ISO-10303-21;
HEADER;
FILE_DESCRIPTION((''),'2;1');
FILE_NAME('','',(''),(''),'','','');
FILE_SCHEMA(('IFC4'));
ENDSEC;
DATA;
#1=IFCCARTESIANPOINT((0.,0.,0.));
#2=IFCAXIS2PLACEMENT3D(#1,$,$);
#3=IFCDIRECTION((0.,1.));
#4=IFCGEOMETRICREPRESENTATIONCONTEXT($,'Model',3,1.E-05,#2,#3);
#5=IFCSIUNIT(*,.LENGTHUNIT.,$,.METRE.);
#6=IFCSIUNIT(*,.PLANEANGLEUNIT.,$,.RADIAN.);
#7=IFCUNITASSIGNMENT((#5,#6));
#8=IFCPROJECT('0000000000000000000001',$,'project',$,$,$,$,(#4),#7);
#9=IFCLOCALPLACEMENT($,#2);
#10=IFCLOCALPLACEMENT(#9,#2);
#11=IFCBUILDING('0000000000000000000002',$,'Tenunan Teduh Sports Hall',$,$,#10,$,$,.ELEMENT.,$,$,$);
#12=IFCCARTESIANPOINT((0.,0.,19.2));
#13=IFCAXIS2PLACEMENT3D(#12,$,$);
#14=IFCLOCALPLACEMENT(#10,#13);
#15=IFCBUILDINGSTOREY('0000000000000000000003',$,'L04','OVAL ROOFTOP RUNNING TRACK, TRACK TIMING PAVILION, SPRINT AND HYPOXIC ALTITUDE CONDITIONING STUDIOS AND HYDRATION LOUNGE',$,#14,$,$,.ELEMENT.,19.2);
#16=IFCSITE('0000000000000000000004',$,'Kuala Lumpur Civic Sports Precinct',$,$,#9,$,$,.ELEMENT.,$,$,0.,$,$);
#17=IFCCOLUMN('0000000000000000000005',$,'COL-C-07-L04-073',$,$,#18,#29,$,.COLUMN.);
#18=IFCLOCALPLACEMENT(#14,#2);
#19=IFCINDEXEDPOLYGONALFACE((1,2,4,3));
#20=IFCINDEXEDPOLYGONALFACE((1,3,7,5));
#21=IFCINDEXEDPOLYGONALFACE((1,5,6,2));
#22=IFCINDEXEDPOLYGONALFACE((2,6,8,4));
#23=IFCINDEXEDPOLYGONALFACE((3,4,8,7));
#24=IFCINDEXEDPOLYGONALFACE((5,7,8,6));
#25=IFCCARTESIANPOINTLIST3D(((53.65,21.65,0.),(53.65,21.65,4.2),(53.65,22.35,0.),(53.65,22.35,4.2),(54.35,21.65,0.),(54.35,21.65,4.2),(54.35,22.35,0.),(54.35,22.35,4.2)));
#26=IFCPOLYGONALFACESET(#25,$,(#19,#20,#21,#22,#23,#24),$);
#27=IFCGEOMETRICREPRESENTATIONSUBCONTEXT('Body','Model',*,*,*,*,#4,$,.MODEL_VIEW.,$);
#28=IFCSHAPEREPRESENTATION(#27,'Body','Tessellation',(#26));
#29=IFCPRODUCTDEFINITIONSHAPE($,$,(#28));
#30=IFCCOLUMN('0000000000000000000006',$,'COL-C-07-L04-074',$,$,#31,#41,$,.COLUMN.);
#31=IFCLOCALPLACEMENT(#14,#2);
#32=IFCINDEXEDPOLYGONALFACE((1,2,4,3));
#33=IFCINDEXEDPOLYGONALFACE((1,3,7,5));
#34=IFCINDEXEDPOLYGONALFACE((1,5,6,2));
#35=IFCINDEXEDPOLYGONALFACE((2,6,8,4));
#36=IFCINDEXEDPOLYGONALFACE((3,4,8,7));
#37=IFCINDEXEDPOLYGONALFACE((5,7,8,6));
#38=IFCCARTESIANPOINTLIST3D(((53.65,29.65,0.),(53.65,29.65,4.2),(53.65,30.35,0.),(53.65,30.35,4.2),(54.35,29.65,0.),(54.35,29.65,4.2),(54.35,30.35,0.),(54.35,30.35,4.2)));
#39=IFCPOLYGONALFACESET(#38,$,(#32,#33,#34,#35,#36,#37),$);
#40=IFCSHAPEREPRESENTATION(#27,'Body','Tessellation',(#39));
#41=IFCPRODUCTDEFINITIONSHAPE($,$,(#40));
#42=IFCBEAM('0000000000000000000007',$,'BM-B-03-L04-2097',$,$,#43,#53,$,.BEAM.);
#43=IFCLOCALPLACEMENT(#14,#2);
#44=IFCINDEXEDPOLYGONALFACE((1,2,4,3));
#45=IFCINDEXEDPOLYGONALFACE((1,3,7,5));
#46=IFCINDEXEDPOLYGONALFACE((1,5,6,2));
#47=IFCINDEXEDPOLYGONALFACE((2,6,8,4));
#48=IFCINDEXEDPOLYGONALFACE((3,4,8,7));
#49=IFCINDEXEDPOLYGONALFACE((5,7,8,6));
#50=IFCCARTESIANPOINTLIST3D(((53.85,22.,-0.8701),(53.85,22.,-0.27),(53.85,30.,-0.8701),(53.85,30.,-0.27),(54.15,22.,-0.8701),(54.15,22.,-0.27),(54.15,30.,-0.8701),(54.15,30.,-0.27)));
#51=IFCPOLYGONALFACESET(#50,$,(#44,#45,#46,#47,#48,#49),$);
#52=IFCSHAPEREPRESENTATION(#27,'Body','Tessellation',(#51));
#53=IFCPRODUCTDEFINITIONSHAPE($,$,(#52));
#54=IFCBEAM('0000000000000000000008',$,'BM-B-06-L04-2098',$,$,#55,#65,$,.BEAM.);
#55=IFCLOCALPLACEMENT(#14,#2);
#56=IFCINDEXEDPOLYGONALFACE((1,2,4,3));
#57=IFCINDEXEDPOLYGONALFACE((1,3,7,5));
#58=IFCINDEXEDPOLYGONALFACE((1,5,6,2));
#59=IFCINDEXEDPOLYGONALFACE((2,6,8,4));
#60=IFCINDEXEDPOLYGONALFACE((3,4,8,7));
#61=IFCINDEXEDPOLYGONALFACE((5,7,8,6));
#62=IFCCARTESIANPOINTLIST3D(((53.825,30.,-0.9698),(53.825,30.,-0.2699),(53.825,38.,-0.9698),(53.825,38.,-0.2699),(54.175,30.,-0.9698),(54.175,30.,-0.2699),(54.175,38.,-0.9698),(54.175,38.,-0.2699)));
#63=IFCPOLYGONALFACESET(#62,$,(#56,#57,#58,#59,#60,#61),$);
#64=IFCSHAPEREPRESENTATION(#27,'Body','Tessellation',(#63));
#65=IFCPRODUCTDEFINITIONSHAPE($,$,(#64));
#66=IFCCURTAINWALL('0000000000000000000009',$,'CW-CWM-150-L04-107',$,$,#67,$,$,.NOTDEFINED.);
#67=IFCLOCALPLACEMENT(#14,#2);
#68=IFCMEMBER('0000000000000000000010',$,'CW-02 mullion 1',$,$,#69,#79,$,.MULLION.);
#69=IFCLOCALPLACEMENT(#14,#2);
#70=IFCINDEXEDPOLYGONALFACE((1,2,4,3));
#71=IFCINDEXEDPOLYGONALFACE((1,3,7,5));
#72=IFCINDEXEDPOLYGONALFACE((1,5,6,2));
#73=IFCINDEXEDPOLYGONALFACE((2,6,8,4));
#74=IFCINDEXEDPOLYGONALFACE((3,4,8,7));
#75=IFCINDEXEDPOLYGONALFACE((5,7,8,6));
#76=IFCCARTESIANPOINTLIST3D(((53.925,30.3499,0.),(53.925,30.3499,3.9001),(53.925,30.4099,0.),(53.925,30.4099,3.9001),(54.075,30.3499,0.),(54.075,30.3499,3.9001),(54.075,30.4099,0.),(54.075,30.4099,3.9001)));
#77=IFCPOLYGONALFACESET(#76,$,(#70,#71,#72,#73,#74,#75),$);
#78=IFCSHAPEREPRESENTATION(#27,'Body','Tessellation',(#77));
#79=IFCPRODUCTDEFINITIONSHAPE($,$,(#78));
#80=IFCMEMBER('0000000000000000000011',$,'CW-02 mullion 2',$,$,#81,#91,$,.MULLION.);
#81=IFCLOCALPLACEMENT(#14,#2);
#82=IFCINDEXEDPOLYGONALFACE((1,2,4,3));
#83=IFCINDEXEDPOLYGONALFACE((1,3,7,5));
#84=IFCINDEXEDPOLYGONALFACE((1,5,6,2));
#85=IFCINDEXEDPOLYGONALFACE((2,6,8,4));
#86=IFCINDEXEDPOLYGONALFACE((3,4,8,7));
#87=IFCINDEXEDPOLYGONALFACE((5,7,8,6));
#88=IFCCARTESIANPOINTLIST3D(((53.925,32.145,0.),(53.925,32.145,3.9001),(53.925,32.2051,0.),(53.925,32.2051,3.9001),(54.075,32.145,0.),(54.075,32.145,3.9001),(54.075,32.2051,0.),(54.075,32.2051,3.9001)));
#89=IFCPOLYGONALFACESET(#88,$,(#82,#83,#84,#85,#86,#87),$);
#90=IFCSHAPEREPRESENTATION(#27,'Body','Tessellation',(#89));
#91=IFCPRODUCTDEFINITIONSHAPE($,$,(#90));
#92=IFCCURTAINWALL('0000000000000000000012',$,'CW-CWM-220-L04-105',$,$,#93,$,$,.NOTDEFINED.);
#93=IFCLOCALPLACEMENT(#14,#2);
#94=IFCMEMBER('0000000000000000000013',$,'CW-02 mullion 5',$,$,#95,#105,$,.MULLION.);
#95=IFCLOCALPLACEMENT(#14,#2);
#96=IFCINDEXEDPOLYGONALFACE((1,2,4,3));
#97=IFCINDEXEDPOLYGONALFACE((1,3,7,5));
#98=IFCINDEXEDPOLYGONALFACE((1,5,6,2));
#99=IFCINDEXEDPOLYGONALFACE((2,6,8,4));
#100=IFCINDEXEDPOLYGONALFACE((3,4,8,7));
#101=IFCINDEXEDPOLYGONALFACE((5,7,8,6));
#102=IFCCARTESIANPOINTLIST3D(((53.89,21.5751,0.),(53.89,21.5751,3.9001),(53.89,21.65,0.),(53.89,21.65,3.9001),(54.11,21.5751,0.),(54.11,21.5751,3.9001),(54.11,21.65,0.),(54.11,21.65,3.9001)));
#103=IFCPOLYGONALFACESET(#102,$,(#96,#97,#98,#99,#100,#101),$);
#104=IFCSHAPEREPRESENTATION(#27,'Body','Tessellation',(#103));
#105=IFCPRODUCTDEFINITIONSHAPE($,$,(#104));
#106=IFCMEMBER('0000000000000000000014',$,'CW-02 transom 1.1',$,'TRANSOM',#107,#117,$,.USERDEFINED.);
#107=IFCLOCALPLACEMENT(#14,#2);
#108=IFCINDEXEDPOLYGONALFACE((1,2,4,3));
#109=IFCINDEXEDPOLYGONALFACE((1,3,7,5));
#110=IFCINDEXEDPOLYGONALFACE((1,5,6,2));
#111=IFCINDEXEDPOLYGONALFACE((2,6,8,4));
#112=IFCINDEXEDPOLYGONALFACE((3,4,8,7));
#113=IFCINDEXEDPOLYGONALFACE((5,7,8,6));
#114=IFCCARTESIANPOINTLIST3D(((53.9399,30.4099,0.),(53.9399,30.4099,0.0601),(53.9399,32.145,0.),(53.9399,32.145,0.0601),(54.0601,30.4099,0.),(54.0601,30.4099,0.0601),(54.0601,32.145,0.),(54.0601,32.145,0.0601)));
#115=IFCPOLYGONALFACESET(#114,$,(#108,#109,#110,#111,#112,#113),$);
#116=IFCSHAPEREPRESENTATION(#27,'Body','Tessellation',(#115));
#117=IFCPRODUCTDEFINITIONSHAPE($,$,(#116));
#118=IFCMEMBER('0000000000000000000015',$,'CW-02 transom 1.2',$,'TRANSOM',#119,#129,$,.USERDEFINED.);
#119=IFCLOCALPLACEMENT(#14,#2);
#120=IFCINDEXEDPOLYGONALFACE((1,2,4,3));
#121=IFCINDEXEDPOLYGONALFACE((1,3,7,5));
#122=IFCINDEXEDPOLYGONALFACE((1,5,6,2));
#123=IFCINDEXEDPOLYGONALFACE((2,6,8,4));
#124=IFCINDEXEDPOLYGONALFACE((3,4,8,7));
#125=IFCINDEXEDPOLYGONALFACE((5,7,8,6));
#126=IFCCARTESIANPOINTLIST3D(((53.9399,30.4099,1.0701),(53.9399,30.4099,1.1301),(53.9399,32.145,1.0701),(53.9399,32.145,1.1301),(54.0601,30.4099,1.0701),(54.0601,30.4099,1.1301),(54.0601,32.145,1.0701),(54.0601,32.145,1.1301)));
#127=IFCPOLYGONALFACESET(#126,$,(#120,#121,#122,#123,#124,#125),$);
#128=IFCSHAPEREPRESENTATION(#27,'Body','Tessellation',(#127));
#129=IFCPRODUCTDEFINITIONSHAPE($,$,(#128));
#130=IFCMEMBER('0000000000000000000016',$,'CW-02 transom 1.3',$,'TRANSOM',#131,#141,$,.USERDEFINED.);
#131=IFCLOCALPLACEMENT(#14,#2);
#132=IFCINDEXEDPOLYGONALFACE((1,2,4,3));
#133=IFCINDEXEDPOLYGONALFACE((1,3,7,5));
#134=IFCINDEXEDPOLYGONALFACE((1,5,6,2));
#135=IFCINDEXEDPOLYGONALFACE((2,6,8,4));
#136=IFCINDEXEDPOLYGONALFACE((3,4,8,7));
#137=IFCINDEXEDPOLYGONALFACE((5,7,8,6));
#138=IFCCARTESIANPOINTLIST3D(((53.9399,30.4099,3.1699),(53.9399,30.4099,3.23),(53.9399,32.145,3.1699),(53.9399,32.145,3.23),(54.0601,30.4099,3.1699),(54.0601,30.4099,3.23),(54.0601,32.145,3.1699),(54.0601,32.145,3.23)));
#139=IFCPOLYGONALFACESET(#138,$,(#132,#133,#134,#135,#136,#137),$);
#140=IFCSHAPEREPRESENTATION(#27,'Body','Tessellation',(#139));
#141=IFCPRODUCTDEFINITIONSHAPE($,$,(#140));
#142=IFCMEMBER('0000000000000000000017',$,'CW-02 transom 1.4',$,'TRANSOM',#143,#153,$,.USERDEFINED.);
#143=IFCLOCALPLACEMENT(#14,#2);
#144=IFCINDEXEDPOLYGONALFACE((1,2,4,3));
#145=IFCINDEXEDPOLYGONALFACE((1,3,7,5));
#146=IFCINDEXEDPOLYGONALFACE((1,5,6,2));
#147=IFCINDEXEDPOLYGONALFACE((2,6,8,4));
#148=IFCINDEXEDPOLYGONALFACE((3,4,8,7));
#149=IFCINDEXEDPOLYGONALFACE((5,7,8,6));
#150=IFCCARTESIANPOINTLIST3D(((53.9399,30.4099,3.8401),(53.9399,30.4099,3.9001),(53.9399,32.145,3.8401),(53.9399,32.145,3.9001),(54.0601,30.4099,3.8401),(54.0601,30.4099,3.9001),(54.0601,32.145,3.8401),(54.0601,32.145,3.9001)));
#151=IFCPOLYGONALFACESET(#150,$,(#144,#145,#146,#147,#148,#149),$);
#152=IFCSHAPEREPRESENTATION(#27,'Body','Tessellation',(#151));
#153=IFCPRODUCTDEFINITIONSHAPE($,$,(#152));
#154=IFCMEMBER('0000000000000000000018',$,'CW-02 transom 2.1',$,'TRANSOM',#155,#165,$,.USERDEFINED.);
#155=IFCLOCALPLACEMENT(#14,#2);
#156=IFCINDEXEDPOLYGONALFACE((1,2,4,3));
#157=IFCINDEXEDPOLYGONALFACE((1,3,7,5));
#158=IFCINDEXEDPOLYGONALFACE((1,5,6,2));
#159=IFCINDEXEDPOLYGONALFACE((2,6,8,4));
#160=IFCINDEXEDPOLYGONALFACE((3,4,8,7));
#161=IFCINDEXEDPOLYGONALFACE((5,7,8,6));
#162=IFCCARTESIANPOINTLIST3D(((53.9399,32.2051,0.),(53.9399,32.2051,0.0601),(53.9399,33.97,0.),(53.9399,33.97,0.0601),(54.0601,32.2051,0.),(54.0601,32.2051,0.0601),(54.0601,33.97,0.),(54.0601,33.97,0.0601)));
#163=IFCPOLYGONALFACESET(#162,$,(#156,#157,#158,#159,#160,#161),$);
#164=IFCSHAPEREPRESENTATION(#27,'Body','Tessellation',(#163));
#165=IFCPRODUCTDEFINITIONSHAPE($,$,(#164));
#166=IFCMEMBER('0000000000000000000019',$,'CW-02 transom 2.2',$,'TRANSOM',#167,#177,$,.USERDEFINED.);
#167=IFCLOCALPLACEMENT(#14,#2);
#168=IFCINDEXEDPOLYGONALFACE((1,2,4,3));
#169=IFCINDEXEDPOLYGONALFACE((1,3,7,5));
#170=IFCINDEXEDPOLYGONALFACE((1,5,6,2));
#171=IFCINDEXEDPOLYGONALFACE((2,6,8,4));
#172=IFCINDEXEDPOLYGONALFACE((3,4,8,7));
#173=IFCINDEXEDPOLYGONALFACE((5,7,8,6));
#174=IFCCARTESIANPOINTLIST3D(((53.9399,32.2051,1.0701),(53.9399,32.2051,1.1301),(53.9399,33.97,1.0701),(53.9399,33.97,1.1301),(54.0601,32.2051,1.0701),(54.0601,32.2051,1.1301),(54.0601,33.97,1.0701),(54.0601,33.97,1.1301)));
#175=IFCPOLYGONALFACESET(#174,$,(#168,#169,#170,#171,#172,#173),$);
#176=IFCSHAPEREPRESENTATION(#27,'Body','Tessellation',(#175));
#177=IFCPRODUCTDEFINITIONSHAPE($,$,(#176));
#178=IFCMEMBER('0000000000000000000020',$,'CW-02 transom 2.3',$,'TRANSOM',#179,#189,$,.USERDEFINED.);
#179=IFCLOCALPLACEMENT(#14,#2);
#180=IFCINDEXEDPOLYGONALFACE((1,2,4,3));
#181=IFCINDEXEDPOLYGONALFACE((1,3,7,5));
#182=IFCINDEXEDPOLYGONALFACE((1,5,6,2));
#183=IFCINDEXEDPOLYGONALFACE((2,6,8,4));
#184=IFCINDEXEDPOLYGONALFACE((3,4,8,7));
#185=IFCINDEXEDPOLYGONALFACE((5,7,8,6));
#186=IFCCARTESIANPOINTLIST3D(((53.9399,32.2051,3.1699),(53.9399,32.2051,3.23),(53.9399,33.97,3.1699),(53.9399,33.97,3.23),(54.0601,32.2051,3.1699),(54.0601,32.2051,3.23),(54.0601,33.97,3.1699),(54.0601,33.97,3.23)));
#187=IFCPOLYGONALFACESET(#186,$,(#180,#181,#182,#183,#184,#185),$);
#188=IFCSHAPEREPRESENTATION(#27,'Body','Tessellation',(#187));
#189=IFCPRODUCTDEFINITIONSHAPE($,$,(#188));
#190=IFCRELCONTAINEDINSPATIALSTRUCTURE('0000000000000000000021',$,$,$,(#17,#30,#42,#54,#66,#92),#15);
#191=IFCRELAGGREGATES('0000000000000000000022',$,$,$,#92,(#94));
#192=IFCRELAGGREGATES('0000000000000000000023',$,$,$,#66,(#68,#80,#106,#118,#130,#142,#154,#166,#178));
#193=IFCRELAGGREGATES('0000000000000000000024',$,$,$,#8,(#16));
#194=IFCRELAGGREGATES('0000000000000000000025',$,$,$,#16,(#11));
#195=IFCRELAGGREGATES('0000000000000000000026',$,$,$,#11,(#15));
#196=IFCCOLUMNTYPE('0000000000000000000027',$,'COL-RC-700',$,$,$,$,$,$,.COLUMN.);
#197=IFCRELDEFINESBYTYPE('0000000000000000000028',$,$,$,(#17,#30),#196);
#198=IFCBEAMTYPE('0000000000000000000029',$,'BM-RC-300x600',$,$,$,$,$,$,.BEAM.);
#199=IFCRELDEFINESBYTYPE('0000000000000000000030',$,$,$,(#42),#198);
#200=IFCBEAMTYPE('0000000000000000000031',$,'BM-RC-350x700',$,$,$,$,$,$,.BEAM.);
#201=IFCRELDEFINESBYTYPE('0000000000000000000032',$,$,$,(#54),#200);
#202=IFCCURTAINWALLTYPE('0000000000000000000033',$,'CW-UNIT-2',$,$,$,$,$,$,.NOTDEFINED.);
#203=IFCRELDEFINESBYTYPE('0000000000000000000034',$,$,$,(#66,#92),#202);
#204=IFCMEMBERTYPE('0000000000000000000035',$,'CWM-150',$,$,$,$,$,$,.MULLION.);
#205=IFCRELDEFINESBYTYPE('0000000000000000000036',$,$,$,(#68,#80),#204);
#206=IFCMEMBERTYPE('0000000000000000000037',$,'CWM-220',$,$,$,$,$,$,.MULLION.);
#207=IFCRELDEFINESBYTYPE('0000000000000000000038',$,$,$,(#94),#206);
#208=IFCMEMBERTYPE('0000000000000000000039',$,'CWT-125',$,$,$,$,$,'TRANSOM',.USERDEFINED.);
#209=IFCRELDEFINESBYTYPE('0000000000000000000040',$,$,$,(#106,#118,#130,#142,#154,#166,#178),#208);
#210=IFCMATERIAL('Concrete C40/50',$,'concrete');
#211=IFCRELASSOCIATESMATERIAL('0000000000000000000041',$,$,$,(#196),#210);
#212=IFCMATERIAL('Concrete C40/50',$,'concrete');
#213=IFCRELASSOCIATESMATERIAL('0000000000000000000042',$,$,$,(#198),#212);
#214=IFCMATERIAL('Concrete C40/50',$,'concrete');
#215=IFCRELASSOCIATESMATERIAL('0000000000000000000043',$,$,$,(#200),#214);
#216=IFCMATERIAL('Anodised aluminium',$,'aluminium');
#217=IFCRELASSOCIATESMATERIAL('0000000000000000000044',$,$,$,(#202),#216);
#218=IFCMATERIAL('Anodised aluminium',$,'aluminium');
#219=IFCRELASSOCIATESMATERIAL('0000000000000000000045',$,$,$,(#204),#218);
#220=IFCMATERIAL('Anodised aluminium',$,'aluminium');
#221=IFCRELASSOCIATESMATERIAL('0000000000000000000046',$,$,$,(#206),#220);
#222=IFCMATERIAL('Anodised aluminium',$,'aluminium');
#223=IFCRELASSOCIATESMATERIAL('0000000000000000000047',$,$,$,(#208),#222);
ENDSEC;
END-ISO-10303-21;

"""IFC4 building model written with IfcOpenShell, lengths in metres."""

from ifc_helpers import new_model, si_unit, direction, frame, origin, origin_2d, place, context, subcontext, project, spatial, rectangle, extrude, material, material_profile, profile_set, type_object, element, aggregate, save


model = new_model("IFC4")

# Units and contexts
model_context = context("Model", 3, precision=1e-05, world=origin(), true_north=direction((0.0, 1.0)))
body_context = subcontext(model_context, "Body", "Model", "MODEL_VIEW")
ifc_project = project(units=[si_unit("LENGTHUNIT", "METRE"), si_unit("PLANEANGLEUNIT", "RADIAN")], contexts=[model_context])

# Site, building, storey
site_placement = place(None, origin())
site = spatial("IfcSite", under=ifc_project, at=site_placement, Name="Kuala Lumpur Civic Sports Precinct", CompositionType="ELEMENT", RefElevation=0.0)
building_placement = place(site_placement, origin())
building = spatial("IfcBuilding", under=site, at=building_placement, Name="Tenunan Teduh Sports Hall", CompositionType="ELEMENT")
storey_placement = place(building_placement, frame((0.0, 0.0, 19.2)))
storey = spatial("IfcBuildingStorey", under=building, at=storey_placement, Name="L04", Description="OVAL ROOFTOP RUNNING TRACK, TRACK TIMING PAVILION, SPRINT AND HYPOXIC ALTITUDE CONDITIONING STUDIOS AND HYDRATION LOUNGE", CompositionType="ELEMENT", Elevation=19.2)

# Columns
ifc_material_1 = material(Name="Concrete C40/50", Category="concrete")
ifc_material_profile_1 = material_profile(ifc_material_1, rectangle(XDim=0.7, YDim=0.7, at=origin_2d()), Name="RC 700x700")
ifc_profile_set_1 = profile_set([ifc_material_profile_1], Name="Concrete C40/50")
column_type = type_object("IfcColumnType", Name="COL-RC-700", PredefinedType="COLUMN", material=ifc_profile_set_1)
for number, where, z_axis, x_axis, name in (
    (1, (54.0, 22.0, 0.0), (0.0, 0.0, 1.0), (1.0, 0.0, 0.0), "COL-C-07-L04-073"),
    (2, (54.0, 30.0, 0.0), (0.0, 0.0, 1.0), (1.0, 0.0, 0.0), "COL-C-07-L04-074"),
):
    element("IfcColumn", number, at=place(storey_placement, frame(where, z_axis=z_axis, x_axis=x_axis)), inside=storey, type_object=column_type, Name=name, PredefinedType="COLUMN", context=body_context, shape_type="SweptSolid", body=[
        extrude(rectangle(XDim=0.7, YDim=0.7, at=origin_2d()), origin(), (0.0, 0.0, 1.0), 4.2),
    ])

# Beams
ifc_material_2 = material(Name="Concrete C40/50", Category="concrete")
ifc_material_profile_2 = material_profile(ifc_material_2, rectangle(XDim=0.3, YDim=0.6001, at=origin_2d()), Name="RCB 300x600")
ifc_profile_set_2 = profile_set([ifc_material_profile_2], Name="Concrete C40/50")
beam_type_1 = type_object("IfcBeamType", Name="BM-RC-300x600", PredefinedType="BEAM", material=ifc_profile_set_2)
beam_1_placement = place(storey_placement, frame((54.0, 22.0, -0.5701), z_axis=(0.0, 1.0, 0.0), x_axis=(-1.0, 0.0, 0.0)))
element("IfcBeam", 3, at=beam_1_placement, inside=storey, type_object=beam_type_1, Name="BM-B-03-L04-2097", PredefinedType="BEAM", context=body_context, shape_type="SweptSolid", body=[
    extrude(rectangle(XDim=0.3, YDim=0.6001, at=origin_2d()), origin(), (0.0, 0.0, 1.0), 8.0),
])
ifc_material_3 = material(Name="Concrete C40/50", Category="concrete")
ifc_material_profile_3 = material_profile(ifc_material_3, rectangle(XDim=0.3501, YDim=0.7, at=origin_2d()), Name="RCB 350x700")
ifc_profile_set_3 = profile_set([ifc_material_profile_3], Name="Concrete C40/50")
beam_type_2 = type_object("IfcBeamType", Name="BM-RC-350x700", PredefinedType="BEAM", material=ifc_profile_set_3)
beam_2_placement = place(storey_placement, frame((54.0, 30.0, -0.6199), z_axis=(0.0, 1.0, 0.0), x_axis=(-1.0, 0.0, 0.0)))
element("IfcBeam", 4, at=beam_2_placement, inside=storey, type_object=beam_type_2, Name="BM-B-06-L04-2098", PredefinedType="BEAM", context=body_context, shape_type="SweptSolid", body=[
    extrude(rectangle(XDim=0.3501, YDim=0.7, at=origin_2d()), origin(), (0.0, 0.0, 1.0), 8.0),
])

# Curtain wall, members
ifc_material_4 = material(Name="Anodised aluminium", Category="aluminium")
curtain_wall_type = type_object("IfcCurtainWallType", Name="CW-UNIT-2", PredefinedType="NOTDEFINED", material=ifc_material_4)
curtain_wall_1_placement = place(storey_placement, origin())
curtain_wall_1 = element("IfcCurtainWall", 5, at=curtain_wall_1_placement, inside=storey, type_object=curtain_wall_type, Name="CW-CWM-150-L04-107", PredefinedType="NOTDEFINED")
ifc_material_5 = material(Name="Anodised aluminium", Category="aluminium")
ifc_material_profile_4 = material_profile(ifc_material_5, rectangle(XDim=0.0601, YDim=0.1499, at=origin_2d()), Name="CWM 60x150")
ifc_profile_set_4 = profile_set([ifc_material_profile_4], Name="Anodised aluminium")
member_type_1 = type_object("IfcMemberType", Name="CWM-150", PredefinedType="MULLION", material=ifc_profile_set_4)
member_1_placement = place(storey_placement, frame((54.0, 30.3799, 0.0), z_axis=(0.0, 0.0, 1.0), x_axis=(0.0, 1.0, 0.0)))
member_1 = element("IfcMember", 6, at=member_1_placement, type_object=member_type_1, Name="CW-02 mullion 1", PredefinedType="MULLION", context=body_context, shape_type="SweptSolid", body=[
    extrude(rectangle(XDim=0.0601, YDim=0.1499, at=origin_2d()), origin(), (0.0, 0.0, 1.0), 3.9001),
])
member_2_placement = place(storey_placement, frame((54.0, 32.175, 0.0), z_axis=(0.0, 0.0, 1.0), x_axis=(0.0, 1.0, 0.0)))
member_2 = element("IfcMember", 7, at=member_2_placement, type_object=member_type_1, Name="CW-02 mullion 2", PredefinedType="MULLION", context=body_context, shape_type="SweptSolid", body=[
    extrude(rectangle(XDim=0.0601, YDim=0.1499, at=origin_2d()), origin(), (0.0, 0.0, 1.0), 3.9001),
])

# Curtain wall, member
curtain_wall_2_placement = place(storey_placement, origin())
curtain_wall_2 = element("IfcCurtainWall", 8, at=curtain_wall_2_placement, inside=storey, type_object=curtain_wall_type, Name="CW-CWM-220-L04-105", PredefinedType="NOTDEFINED")
ifc_material_6 = material(Name="Anodised aluminium", Category="aluminium")
ifc_material_profile_5 = material_profile(ifc_material_6, rectangle(XDim=0.075, YDim=0.22, at=origin_2d()), Name="CWM 75x220")
ifc_profile_set_5 = profile_set([ifc_material_profile_5], Name="Anodised aluminium")
member_type_2 = type_object("IfcMemberType", Name="CWM-220", PredefinedType="MULLION", material=ifc_profile_set_5)
member_3_placement = place(storey_placement, frame((54.0, 21.6125, 0.0), z_axis=(0.0, 0.0, 1.0), x_axis=(0.0, 1.0, 0.0)))
member_3 = element("IfcMember", 9, at=member_3_placement, type_object=member_type_2, Name="CW-02 mullion 5", PredefinedType="MULLION", context=body_context, shape_type="SweptSolid", body=[
    extrude(rectangle(XDim=0.075, YDim=0.22, at=origin_2d()), origin(), (0.0, 0.0, 1.0), 3.9001),
])

# Members
ifc_material_7 = material(Name="Anodised aluminium", Category="aluminium")
ifc_material_profile_6 = material_profile(ifc_material_7, rectangle(XDim=0.0601, YDim=0.1201, at=origin_2d()), Name="CWT 60x120")
ifc_profile_set_6 = profile_set([ifc_material_profile_6], Name="Anodised aluminium")
member_type_3 = type_object("IfcMemberType", Name="CWT-125", ElementType="TRANSOM", PredefinedType="USERDEFINED", material=ifc_profile_set_6)
member_4_placement = place(storey_placement, frame((54.0, 30.4099, 0.03), z_axis=(0.0, 1.0, 0.0), x_axis=(0.0, 0.0, 1.0)))
member_4 = element("IfcMember", 10, at=member_4_placement, type_object=member_type_3, Name="CW-02 transom 1.1", ObjectType="TRANSOM", PredefinedType="USERDEFINED", context=body_context, shape_type="SweptSolid", body=[
    extrude(rectangle(XDim=0.0601, YDim=0.1201, at=origin_2d()), origin(), (0.0, 0.0, 1.0), 1.7351),
])
member_5_placement = place(storey_placement, frame((54.0, 30.4099, 1.1001), z_axis=(0.0, 1.0, 0.0), x_axis=(0.0, 0.0, 1.0)))
member_5 = element("IfcMember", 11, at=member_5_placement, type_object=member_type_3, Name="CW-02 transom 1.2", ObjectType="TRANSOM", PredefinedType="USERDEFINED", context=body_context, shape_type="SweptSolid", body=[
    extrude(rectangle(XDim=0.0601, YDim=0.1201, at=origin_2d()), origin(), (0.0, 0.0, 1.0), 1.7351),
])
member_6_placement = place(storey_placement, frame((54.0, 30.4099, 3.2), z_axis=(0.0, 1.0, 0.0), x_axis=(0.0, 0.0, 1.0)))
member_6 = element("IfcMember", 12, at=member_6_placement, type_object=member_type_3, Name="CW-02 transom 1.3", ObjectType="TRANSOM", PredefinedType="USERDEFINED", context=body_context, shape_type="SweptSolid", body=[
    extrude(rectangle(XDim=0.0601, YDim=0.1201, at=origin_2d()), origin(), (0.0, 0.0, 1.0), 1.7351),
])
member_7_placement = place(storey_placement, frame((54.0, 30.4099, 3.8701), z_axis=(0.0, 1.0, 0.0), x_axis=(0.0, 0.0, 1.0)))
member_7 = element("IfcMember", 13, at=member_7_placement, type_object=member_type_3, Name="CW-02 transom 1.4", ObjectType="TRANSOM", PredefinedType="USERDEFINED", context=body_context, shape_type="SweptSolid", body=[
    extrude(rectangle(XDim=0.0601, YDim=0.1201, at=origin_2d()), origin(), (0.0, 0.0, 1.0), 1.7351),
])
member_8_placement = place(storey_placement, frame((54.0, 32.2051, 0.03), z_axis=(0.0, 1.0, 0.0), x_axis=(0.0, 0.0, 1.0)))
member_8 = element("IfcMember", 14, at=member_8_placement, type_object=member_type_3, Name="CW-02 transom 2.1", ObjectType="TRANSOM", PredefinedType="USERDEFINED", context=body_context, shape_type="SweptSolid", body=[
    extrude(rectangle(XDim=0.0601, YDim=0.1201, at=origin_2d()), origin(), (0.0, 0.0, 1.0), 1.7649),
])
member_9_placement = place(storey_placement, frame((54.0, 32.2051, 1.1001), z_axis=(0.0, 1.0, 0.0), x_axis=(0.0, 0.0, 1.0)))
member_9 = element("IfcMember", 15, at=member_9_placement, type_object=member_type_3, Name="CW-02 transom 2.2", ObjectType="TRANSOM", PredefinedType="USERDEFINED", context=body_context, shape_type="SweptSolid", body=[
    extrude(rectangle(XDim=0.0601, YDim=0.1201, at=origin_2d()), origin(), (0.0, 0.0, 1.0), 1.7649),
])
member_10_placement = place(storey_placement, frame((54.0, 32.2051, 3.2), z_axis=(0.0, 1.0, 0.0), x_axis=(0.0, 0.0, 1.0)))
member_10 = element("IfcMember", 16, at=member_10_placement, type_object=member_type_3, Name="CW-02 transom 2.3", ObjectType="TRANSOM", PredefinedType="USERDEFINED", context=body_context, shape_type="SweptSolid", body=[
    extrude(rectangle(XDim=0.0601, YDim=0.1201, at=origin_2d()), origin(), (0.0, 0.0, 1.0), 1.7649),
])

aggregate(curtain_wall_2, [member_3])
aggregate(curtain_wall_1, [member_1, member_2, member_4, member_5, member_6, member_7, member_8, member_9, member_10])

save(model, "model.ifc")
